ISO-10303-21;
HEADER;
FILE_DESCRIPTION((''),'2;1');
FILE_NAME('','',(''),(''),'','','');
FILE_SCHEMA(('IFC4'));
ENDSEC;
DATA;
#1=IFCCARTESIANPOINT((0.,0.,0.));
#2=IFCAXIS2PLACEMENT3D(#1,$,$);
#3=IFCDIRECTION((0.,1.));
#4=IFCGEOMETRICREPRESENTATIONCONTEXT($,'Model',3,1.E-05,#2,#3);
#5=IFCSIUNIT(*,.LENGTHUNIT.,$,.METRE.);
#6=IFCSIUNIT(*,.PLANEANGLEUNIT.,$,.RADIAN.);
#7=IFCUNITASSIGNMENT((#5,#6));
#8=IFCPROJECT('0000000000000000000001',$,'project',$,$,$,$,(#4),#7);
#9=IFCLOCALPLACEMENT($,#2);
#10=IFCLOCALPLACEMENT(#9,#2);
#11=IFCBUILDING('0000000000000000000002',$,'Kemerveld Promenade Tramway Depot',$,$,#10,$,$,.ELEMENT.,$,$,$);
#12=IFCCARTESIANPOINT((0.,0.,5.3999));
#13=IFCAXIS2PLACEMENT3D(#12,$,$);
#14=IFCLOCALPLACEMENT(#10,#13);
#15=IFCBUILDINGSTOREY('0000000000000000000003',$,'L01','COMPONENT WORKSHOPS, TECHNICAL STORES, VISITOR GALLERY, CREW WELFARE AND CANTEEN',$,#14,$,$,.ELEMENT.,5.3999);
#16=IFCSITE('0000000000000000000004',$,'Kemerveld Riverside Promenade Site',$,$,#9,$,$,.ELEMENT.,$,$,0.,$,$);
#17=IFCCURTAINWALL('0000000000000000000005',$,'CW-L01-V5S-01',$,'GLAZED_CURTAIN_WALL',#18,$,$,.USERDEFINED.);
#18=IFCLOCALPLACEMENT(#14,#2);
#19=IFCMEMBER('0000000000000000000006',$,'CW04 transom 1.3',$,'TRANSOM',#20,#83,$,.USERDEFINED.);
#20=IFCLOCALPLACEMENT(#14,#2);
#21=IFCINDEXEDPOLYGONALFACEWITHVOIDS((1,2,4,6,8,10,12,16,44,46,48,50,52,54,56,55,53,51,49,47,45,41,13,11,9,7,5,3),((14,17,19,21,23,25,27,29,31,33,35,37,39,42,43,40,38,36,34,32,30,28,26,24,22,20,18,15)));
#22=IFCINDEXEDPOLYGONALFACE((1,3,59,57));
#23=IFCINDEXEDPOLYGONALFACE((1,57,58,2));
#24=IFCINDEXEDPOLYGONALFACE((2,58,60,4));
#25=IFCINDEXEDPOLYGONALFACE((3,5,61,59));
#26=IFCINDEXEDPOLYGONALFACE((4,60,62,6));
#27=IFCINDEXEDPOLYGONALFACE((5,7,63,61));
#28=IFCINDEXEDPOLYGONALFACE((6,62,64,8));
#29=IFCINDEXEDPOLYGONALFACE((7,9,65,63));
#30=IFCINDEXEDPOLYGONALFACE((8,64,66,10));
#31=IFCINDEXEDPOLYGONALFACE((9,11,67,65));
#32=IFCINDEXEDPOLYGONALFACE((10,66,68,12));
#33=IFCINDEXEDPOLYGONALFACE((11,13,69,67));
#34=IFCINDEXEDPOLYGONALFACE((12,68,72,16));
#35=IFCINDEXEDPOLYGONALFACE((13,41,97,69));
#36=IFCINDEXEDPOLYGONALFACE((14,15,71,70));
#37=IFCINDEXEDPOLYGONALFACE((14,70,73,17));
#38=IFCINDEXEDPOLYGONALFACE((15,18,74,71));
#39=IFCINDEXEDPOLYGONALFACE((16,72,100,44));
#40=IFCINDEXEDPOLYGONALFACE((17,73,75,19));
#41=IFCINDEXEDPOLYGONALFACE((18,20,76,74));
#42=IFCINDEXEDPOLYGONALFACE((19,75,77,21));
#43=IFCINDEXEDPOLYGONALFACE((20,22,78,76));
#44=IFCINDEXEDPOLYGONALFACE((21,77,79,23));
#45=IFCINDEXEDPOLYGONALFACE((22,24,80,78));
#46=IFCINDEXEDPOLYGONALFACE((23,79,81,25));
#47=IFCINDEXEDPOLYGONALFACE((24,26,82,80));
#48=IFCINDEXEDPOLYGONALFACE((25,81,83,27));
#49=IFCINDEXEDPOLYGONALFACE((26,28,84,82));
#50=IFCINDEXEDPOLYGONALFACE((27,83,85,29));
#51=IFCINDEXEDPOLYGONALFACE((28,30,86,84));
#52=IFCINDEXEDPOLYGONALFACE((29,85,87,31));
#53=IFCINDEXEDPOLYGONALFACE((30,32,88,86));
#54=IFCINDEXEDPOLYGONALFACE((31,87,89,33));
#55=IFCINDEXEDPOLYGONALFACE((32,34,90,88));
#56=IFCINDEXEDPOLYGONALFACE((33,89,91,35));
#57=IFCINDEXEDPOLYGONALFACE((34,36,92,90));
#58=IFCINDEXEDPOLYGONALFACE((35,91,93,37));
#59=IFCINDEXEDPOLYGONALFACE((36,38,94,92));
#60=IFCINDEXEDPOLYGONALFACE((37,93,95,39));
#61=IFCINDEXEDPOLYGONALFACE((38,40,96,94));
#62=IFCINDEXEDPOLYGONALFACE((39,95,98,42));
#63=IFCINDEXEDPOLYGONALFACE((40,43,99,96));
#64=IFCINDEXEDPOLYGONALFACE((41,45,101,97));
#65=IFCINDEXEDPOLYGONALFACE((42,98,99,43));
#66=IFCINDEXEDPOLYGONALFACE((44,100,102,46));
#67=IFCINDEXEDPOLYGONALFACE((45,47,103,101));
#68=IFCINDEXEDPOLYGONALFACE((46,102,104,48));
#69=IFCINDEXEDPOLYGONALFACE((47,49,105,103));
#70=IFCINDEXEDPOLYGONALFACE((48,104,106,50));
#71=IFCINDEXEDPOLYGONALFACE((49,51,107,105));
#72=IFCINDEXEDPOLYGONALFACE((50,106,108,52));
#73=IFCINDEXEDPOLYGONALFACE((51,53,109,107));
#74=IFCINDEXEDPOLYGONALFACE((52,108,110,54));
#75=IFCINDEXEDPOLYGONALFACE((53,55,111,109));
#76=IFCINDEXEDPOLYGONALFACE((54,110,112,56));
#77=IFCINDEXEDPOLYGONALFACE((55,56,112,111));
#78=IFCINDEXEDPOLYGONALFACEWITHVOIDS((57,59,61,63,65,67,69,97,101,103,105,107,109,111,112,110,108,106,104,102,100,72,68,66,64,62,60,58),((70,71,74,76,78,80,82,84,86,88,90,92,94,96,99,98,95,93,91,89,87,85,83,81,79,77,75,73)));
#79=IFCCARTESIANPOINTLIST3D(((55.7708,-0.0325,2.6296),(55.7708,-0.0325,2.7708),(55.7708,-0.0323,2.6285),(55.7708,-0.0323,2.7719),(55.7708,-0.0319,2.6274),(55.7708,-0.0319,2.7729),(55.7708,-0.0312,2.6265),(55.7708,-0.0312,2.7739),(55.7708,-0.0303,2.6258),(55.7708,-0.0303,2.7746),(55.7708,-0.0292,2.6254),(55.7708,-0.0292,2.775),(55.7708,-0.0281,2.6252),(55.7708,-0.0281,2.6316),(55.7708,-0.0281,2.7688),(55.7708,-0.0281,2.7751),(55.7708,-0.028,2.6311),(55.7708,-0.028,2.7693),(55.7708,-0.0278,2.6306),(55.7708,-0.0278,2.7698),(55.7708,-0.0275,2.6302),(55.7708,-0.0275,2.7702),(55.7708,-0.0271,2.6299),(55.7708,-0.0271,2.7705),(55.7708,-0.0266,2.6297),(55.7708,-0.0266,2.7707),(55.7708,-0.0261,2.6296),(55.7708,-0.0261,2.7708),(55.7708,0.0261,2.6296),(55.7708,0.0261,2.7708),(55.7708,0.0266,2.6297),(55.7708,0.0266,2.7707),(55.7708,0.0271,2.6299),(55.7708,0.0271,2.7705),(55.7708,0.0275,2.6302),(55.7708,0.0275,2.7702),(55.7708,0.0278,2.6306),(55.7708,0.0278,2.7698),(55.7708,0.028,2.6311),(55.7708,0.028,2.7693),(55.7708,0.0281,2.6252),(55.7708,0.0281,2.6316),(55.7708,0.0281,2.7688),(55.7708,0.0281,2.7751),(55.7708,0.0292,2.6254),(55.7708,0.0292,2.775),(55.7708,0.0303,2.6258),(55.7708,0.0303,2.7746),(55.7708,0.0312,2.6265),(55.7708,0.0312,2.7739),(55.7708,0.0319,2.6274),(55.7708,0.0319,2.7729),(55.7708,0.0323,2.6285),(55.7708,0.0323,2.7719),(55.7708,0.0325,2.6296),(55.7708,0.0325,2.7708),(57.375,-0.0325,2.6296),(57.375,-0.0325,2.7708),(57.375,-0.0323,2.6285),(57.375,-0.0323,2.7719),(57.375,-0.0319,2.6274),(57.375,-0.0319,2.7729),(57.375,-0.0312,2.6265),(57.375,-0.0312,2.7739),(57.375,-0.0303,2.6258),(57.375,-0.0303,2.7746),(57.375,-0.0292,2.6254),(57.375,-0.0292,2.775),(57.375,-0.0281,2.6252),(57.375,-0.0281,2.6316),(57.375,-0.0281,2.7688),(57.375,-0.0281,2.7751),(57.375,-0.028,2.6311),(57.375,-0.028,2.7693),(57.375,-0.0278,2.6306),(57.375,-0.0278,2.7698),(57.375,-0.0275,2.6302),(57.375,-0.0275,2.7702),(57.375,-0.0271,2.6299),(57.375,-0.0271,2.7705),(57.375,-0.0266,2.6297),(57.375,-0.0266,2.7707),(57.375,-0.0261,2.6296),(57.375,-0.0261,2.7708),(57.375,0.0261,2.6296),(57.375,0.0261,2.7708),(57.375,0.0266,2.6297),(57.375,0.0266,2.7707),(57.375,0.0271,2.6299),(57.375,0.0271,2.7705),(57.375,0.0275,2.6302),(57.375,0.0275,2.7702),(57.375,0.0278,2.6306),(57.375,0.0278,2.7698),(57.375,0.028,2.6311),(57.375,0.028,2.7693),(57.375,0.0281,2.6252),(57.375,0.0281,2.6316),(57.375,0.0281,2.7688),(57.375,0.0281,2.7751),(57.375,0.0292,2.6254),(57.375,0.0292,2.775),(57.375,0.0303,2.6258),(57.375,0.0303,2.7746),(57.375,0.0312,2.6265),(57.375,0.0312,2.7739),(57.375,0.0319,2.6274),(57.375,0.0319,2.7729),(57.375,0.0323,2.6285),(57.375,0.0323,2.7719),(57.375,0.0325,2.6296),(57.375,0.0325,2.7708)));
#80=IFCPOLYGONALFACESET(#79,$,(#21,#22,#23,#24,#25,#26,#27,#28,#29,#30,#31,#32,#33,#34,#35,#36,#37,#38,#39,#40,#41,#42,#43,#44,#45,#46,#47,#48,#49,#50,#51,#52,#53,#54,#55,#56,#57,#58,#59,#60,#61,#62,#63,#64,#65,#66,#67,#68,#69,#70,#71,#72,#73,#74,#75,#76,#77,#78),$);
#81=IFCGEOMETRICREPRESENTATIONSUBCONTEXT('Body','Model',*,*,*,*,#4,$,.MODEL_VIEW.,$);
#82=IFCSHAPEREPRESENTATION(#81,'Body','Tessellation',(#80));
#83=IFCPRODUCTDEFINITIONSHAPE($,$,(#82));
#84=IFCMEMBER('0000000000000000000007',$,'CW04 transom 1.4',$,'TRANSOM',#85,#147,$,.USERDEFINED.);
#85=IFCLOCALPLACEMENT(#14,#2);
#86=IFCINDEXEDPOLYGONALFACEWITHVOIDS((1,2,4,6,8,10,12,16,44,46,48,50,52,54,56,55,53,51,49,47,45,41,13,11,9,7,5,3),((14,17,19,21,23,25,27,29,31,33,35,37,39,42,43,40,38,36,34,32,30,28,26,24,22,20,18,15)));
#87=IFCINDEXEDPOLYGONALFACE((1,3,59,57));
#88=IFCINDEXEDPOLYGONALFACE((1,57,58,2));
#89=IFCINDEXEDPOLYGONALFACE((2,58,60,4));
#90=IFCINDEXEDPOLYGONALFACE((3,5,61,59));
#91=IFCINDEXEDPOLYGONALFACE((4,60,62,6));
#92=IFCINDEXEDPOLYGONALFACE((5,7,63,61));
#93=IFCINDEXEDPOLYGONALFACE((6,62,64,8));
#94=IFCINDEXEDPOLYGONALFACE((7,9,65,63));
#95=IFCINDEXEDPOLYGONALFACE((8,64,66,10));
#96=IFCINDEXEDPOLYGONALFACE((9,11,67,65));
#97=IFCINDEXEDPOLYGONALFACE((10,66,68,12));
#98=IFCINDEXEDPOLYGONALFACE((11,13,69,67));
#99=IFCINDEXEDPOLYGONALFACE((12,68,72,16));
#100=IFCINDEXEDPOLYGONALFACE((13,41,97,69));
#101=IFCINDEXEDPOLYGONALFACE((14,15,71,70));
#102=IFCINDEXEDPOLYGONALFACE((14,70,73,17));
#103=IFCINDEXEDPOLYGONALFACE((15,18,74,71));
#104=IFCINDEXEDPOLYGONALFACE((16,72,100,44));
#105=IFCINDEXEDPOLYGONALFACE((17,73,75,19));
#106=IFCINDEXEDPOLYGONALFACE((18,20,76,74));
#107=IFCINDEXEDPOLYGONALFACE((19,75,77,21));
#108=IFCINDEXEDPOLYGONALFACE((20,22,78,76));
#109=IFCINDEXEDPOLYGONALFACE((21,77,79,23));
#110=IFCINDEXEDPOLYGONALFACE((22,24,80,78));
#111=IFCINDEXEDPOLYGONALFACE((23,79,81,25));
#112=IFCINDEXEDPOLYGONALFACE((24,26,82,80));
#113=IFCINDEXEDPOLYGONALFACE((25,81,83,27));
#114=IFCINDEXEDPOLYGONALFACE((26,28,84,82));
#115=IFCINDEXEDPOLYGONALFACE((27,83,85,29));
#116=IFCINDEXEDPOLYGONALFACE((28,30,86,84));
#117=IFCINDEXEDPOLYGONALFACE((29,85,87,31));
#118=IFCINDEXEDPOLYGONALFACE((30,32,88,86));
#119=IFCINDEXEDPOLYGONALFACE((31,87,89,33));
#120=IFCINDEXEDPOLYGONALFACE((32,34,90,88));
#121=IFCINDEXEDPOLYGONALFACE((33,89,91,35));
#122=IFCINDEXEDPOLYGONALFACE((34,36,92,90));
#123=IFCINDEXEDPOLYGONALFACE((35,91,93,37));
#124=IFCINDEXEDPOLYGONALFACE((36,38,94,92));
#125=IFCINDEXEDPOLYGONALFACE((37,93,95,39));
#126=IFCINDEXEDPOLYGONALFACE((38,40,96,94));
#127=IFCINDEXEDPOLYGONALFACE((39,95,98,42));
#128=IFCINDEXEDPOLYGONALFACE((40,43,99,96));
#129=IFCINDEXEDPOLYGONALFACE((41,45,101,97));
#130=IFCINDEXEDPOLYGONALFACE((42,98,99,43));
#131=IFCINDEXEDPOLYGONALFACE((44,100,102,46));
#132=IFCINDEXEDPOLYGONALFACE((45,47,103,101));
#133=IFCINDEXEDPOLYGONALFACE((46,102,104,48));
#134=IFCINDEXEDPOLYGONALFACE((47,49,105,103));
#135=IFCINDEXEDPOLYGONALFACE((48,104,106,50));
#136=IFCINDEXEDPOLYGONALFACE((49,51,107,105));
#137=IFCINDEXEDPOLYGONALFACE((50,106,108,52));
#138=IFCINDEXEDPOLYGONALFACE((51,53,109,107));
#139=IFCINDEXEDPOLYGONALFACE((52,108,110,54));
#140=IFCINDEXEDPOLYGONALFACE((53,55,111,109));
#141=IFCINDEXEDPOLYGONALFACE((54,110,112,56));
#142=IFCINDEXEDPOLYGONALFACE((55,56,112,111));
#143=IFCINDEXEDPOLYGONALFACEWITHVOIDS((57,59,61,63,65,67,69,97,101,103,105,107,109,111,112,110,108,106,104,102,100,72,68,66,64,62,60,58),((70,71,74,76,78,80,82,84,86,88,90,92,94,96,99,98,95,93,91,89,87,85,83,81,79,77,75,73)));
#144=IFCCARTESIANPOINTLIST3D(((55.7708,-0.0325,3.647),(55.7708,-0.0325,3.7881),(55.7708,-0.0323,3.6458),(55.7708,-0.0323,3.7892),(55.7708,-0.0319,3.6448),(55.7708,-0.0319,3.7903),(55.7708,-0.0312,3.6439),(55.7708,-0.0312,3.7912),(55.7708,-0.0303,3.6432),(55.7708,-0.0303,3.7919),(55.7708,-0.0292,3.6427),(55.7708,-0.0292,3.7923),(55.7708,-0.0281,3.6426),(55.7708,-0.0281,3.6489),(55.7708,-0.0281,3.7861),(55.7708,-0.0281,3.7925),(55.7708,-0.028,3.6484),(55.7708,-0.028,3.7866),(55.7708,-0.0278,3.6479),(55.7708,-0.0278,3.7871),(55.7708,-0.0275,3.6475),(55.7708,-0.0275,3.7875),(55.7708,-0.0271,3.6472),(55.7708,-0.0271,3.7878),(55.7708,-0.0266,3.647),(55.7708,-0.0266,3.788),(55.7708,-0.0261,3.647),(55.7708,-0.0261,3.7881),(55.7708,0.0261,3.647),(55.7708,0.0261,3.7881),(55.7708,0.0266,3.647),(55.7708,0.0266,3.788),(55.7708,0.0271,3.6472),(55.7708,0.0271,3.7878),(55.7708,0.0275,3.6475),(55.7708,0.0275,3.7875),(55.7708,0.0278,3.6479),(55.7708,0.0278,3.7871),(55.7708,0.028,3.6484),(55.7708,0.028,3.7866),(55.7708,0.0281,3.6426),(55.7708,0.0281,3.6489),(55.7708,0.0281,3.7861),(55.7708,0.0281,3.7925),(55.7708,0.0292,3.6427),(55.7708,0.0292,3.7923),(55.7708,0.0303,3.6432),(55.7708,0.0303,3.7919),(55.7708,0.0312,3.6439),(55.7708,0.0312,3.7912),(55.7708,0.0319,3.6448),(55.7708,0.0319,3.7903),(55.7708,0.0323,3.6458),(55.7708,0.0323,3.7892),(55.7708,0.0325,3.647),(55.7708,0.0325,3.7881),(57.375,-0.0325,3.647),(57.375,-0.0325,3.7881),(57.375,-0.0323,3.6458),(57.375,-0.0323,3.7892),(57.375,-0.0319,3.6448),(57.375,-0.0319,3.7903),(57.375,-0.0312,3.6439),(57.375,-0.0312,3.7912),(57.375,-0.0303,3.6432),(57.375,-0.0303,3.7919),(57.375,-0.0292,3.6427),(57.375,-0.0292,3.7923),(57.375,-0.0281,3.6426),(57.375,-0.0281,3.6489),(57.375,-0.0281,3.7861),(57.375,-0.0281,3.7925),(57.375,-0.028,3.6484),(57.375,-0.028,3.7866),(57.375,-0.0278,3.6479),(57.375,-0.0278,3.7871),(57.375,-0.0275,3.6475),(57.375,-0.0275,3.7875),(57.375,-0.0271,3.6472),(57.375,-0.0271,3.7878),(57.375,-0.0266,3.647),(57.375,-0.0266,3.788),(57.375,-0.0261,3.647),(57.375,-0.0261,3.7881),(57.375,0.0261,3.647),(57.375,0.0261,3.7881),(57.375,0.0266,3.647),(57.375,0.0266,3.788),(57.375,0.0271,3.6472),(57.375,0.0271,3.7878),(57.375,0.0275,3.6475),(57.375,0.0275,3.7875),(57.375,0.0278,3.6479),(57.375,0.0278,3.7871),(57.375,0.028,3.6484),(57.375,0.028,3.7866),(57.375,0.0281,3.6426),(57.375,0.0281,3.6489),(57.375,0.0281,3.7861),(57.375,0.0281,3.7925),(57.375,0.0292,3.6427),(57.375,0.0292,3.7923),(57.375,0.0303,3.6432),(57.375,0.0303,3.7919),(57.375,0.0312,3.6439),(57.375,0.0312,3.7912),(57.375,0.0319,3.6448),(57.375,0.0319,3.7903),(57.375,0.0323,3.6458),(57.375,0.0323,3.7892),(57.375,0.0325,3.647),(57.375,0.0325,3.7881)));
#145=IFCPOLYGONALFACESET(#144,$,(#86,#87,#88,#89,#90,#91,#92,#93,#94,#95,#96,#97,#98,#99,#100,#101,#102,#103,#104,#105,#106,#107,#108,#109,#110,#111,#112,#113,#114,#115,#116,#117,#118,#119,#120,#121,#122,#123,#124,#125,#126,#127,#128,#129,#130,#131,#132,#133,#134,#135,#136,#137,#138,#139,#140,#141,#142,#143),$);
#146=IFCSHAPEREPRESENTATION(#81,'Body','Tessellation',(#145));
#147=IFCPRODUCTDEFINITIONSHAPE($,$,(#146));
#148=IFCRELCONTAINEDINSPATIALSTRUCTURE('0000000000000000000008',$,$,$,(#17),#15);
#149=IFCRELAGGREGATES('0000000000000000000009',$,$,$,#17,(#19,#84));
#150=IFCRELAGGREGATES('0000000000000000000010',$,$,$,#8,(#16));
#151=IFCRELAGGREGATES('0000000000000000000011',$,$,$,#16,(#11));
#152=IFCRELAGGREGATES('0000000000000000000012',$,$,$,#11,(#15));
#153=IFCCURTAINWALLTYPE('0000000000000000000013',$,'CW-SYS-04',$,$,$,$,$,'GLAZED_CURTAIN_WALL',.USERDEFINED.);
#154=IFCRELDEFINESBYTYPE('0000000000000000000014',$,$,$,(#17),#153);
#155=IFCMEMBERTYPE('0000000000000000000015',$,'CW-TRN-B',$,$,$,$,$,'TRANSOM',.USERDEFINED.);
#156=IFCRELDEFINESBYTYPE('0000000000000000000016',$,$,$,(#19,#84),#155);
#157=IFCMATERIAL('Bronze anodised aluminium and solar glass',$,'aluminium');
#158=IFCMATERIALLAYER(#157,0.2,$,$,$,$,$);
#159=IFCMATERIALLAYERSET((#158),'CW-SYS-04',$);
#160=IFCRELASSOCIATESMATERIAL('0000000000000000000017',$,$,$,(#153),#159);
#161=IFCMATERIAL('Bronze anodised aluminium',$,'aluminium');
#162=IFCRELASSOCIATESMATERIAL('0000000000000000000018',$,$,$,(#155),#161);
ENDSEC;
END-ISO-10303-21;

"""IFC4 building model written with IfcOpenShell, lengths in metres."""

from ifc_helpers import new_model, si_unit, direction, frame, origin, origin_2d, place, context, subcontext, project, spatial, hollow_rectangle, extrude, material, layer, layer_set, material_profile, profile_set, type_object, element, aggregate, save


model = new_model("IFC4")

# Units and contexts
model_context = context("Model", 3, precision=1e-05, world=origin(), true_north=direction((0.0, 1.0)))
body_context = subcontext(model_context, "Body", "Model", "MODEL_VIEW")
ifc_project = project(units=[si_unit("LENGTHUNIT", "METRE"), si_unit("PLANEANGLEUNIT", "RADIAN")], contexts=[model_context])

# Site, building, storey
site_placement = place(None, origin())
site = spatial("IfcSite", under=ifc_project, at=site_placement, Name="Kemerveld Riverside Promenade Site", CompositionType="ELEMENT", RefElevation=0.0)
building_placement = place(site_placement, origin())
building = spatial("IfcBuilding", under=site, at=building_placement, Name="Kemerveld Promenade Tramway Depot", CompositionType="ELEMENT")
storey_placement = place(building_placement, frame((0.0, 0.0, 5.3999)))
storey = spatial("IfcBuildingStorey", under=building, at=storey_placement, Name="L01", Description="COMPONENT WORKSHOPS, TECHNICAL STORES, VISITOR GALLERY, CREW WELFARE AND CANTEEN", CompositionType="ELEMENT", Elevation=5.3999)

# Curtain wall, members
ifc_material_1 = material(Name="Bronze anodised aluminium and solar glass", Category="aluminium")
ifc_layer_1 = layer(ifc_material_1, 0.2)
ifc_layer_set_1 = layer_set([ifc_layer_1], Name="CW-SYS-04")
curtain_wall_type = type_object("IfcCurtainWallType", Name="CW-SYS-04", ElementType="GLAZED_CURTAIN_WALL", PredefinedType="USERDEFINED", material=ifc_layer_set_1)
curtain_wall_placement = place(storey_placement, origin())
curtain_wall = element("IfcCurtainWall", 1, at=curtain_wall_placement, inside=storey, type_object=curtain_wall_type, Name="CW-L01-V5S-01", ObjectType="GLAZED_CURTAIN_WALL", PredefinedType="USERDEFINED")
ifc_material_2 = material(Name="Bronze anodised aluminium", Category="aluminium")
ifc_material_profile_1 = material_profile(ifc_material_2, hollow_rectangle(XDim=0.0649, YDim=0.1499, WallThickness=0.0044, InnerFilletRadius=0.002, OuterFilletRadius=0.0044, at=origin_2d()), Name="CW-TRN-150x65")
ifc_profile_set_1 = profile_set([ifc_material_profile_1], Name="Bronze anodised aluminium")
member_type_1 = type_object("IfcMemberType", Name="CW-TRN-B", ElementType="TRANSOM", PredefinedType="USERDEFINED", material=ifc_profile_set_1)
member_1_placement = place(storey_placement, frame((57.375, 0.0, 2.7002), z_axis=(-1.0, 0.0, 0.0), x_axis=(0.0, -1.0, 0.0)))
member_1 = element("IfcMember", 2, at=member_1_placement, type_object=member_type_1, Name="CW04 transom 1.3", ObjectType="TRANSOM", PredefinedType="USERDEFINED", context=body_context, shape_type="SweptSolid", body=[
    extrude(hollow_rectangle(XDim=0.0649, YDim=0.1499, WallThickness=0.0044, InnerFilletRadius=0.002, OuterFilletRadius=0.0044, at=origin_2d()), origin(), (0.0, 0.0, 1.0), 1.6042),
])
member_2_placement = place(storey_placement, frame((57.375, 0.0, 3.7175), z_axis=(-1.0, 0.0, 0.0), x_axis=(0.0, -1.0, 0.0)))
member_2 = element("IfcMember", 3, at=member_2_placement, type_object=member_type_1, Name="CW04 transom 1.4", ObjectType="TRANSOM", PredefinedType="USERDEFINED", context=body_context, shape_type="SweptSolid", body=[
    extrude(hollow_rectangle(XDim=0.0649, YDim=0.1499, WallThickness=0.0044, InnerFilletRadius=0.002, OuterFilletRadius=0.0044, at=origin_2d()), origin(), (0.0, 0.0, 1.0), 1.6042),
])
aggregate(curtain_wall, [member_1, member_2])

save(model, "model.ifc")
